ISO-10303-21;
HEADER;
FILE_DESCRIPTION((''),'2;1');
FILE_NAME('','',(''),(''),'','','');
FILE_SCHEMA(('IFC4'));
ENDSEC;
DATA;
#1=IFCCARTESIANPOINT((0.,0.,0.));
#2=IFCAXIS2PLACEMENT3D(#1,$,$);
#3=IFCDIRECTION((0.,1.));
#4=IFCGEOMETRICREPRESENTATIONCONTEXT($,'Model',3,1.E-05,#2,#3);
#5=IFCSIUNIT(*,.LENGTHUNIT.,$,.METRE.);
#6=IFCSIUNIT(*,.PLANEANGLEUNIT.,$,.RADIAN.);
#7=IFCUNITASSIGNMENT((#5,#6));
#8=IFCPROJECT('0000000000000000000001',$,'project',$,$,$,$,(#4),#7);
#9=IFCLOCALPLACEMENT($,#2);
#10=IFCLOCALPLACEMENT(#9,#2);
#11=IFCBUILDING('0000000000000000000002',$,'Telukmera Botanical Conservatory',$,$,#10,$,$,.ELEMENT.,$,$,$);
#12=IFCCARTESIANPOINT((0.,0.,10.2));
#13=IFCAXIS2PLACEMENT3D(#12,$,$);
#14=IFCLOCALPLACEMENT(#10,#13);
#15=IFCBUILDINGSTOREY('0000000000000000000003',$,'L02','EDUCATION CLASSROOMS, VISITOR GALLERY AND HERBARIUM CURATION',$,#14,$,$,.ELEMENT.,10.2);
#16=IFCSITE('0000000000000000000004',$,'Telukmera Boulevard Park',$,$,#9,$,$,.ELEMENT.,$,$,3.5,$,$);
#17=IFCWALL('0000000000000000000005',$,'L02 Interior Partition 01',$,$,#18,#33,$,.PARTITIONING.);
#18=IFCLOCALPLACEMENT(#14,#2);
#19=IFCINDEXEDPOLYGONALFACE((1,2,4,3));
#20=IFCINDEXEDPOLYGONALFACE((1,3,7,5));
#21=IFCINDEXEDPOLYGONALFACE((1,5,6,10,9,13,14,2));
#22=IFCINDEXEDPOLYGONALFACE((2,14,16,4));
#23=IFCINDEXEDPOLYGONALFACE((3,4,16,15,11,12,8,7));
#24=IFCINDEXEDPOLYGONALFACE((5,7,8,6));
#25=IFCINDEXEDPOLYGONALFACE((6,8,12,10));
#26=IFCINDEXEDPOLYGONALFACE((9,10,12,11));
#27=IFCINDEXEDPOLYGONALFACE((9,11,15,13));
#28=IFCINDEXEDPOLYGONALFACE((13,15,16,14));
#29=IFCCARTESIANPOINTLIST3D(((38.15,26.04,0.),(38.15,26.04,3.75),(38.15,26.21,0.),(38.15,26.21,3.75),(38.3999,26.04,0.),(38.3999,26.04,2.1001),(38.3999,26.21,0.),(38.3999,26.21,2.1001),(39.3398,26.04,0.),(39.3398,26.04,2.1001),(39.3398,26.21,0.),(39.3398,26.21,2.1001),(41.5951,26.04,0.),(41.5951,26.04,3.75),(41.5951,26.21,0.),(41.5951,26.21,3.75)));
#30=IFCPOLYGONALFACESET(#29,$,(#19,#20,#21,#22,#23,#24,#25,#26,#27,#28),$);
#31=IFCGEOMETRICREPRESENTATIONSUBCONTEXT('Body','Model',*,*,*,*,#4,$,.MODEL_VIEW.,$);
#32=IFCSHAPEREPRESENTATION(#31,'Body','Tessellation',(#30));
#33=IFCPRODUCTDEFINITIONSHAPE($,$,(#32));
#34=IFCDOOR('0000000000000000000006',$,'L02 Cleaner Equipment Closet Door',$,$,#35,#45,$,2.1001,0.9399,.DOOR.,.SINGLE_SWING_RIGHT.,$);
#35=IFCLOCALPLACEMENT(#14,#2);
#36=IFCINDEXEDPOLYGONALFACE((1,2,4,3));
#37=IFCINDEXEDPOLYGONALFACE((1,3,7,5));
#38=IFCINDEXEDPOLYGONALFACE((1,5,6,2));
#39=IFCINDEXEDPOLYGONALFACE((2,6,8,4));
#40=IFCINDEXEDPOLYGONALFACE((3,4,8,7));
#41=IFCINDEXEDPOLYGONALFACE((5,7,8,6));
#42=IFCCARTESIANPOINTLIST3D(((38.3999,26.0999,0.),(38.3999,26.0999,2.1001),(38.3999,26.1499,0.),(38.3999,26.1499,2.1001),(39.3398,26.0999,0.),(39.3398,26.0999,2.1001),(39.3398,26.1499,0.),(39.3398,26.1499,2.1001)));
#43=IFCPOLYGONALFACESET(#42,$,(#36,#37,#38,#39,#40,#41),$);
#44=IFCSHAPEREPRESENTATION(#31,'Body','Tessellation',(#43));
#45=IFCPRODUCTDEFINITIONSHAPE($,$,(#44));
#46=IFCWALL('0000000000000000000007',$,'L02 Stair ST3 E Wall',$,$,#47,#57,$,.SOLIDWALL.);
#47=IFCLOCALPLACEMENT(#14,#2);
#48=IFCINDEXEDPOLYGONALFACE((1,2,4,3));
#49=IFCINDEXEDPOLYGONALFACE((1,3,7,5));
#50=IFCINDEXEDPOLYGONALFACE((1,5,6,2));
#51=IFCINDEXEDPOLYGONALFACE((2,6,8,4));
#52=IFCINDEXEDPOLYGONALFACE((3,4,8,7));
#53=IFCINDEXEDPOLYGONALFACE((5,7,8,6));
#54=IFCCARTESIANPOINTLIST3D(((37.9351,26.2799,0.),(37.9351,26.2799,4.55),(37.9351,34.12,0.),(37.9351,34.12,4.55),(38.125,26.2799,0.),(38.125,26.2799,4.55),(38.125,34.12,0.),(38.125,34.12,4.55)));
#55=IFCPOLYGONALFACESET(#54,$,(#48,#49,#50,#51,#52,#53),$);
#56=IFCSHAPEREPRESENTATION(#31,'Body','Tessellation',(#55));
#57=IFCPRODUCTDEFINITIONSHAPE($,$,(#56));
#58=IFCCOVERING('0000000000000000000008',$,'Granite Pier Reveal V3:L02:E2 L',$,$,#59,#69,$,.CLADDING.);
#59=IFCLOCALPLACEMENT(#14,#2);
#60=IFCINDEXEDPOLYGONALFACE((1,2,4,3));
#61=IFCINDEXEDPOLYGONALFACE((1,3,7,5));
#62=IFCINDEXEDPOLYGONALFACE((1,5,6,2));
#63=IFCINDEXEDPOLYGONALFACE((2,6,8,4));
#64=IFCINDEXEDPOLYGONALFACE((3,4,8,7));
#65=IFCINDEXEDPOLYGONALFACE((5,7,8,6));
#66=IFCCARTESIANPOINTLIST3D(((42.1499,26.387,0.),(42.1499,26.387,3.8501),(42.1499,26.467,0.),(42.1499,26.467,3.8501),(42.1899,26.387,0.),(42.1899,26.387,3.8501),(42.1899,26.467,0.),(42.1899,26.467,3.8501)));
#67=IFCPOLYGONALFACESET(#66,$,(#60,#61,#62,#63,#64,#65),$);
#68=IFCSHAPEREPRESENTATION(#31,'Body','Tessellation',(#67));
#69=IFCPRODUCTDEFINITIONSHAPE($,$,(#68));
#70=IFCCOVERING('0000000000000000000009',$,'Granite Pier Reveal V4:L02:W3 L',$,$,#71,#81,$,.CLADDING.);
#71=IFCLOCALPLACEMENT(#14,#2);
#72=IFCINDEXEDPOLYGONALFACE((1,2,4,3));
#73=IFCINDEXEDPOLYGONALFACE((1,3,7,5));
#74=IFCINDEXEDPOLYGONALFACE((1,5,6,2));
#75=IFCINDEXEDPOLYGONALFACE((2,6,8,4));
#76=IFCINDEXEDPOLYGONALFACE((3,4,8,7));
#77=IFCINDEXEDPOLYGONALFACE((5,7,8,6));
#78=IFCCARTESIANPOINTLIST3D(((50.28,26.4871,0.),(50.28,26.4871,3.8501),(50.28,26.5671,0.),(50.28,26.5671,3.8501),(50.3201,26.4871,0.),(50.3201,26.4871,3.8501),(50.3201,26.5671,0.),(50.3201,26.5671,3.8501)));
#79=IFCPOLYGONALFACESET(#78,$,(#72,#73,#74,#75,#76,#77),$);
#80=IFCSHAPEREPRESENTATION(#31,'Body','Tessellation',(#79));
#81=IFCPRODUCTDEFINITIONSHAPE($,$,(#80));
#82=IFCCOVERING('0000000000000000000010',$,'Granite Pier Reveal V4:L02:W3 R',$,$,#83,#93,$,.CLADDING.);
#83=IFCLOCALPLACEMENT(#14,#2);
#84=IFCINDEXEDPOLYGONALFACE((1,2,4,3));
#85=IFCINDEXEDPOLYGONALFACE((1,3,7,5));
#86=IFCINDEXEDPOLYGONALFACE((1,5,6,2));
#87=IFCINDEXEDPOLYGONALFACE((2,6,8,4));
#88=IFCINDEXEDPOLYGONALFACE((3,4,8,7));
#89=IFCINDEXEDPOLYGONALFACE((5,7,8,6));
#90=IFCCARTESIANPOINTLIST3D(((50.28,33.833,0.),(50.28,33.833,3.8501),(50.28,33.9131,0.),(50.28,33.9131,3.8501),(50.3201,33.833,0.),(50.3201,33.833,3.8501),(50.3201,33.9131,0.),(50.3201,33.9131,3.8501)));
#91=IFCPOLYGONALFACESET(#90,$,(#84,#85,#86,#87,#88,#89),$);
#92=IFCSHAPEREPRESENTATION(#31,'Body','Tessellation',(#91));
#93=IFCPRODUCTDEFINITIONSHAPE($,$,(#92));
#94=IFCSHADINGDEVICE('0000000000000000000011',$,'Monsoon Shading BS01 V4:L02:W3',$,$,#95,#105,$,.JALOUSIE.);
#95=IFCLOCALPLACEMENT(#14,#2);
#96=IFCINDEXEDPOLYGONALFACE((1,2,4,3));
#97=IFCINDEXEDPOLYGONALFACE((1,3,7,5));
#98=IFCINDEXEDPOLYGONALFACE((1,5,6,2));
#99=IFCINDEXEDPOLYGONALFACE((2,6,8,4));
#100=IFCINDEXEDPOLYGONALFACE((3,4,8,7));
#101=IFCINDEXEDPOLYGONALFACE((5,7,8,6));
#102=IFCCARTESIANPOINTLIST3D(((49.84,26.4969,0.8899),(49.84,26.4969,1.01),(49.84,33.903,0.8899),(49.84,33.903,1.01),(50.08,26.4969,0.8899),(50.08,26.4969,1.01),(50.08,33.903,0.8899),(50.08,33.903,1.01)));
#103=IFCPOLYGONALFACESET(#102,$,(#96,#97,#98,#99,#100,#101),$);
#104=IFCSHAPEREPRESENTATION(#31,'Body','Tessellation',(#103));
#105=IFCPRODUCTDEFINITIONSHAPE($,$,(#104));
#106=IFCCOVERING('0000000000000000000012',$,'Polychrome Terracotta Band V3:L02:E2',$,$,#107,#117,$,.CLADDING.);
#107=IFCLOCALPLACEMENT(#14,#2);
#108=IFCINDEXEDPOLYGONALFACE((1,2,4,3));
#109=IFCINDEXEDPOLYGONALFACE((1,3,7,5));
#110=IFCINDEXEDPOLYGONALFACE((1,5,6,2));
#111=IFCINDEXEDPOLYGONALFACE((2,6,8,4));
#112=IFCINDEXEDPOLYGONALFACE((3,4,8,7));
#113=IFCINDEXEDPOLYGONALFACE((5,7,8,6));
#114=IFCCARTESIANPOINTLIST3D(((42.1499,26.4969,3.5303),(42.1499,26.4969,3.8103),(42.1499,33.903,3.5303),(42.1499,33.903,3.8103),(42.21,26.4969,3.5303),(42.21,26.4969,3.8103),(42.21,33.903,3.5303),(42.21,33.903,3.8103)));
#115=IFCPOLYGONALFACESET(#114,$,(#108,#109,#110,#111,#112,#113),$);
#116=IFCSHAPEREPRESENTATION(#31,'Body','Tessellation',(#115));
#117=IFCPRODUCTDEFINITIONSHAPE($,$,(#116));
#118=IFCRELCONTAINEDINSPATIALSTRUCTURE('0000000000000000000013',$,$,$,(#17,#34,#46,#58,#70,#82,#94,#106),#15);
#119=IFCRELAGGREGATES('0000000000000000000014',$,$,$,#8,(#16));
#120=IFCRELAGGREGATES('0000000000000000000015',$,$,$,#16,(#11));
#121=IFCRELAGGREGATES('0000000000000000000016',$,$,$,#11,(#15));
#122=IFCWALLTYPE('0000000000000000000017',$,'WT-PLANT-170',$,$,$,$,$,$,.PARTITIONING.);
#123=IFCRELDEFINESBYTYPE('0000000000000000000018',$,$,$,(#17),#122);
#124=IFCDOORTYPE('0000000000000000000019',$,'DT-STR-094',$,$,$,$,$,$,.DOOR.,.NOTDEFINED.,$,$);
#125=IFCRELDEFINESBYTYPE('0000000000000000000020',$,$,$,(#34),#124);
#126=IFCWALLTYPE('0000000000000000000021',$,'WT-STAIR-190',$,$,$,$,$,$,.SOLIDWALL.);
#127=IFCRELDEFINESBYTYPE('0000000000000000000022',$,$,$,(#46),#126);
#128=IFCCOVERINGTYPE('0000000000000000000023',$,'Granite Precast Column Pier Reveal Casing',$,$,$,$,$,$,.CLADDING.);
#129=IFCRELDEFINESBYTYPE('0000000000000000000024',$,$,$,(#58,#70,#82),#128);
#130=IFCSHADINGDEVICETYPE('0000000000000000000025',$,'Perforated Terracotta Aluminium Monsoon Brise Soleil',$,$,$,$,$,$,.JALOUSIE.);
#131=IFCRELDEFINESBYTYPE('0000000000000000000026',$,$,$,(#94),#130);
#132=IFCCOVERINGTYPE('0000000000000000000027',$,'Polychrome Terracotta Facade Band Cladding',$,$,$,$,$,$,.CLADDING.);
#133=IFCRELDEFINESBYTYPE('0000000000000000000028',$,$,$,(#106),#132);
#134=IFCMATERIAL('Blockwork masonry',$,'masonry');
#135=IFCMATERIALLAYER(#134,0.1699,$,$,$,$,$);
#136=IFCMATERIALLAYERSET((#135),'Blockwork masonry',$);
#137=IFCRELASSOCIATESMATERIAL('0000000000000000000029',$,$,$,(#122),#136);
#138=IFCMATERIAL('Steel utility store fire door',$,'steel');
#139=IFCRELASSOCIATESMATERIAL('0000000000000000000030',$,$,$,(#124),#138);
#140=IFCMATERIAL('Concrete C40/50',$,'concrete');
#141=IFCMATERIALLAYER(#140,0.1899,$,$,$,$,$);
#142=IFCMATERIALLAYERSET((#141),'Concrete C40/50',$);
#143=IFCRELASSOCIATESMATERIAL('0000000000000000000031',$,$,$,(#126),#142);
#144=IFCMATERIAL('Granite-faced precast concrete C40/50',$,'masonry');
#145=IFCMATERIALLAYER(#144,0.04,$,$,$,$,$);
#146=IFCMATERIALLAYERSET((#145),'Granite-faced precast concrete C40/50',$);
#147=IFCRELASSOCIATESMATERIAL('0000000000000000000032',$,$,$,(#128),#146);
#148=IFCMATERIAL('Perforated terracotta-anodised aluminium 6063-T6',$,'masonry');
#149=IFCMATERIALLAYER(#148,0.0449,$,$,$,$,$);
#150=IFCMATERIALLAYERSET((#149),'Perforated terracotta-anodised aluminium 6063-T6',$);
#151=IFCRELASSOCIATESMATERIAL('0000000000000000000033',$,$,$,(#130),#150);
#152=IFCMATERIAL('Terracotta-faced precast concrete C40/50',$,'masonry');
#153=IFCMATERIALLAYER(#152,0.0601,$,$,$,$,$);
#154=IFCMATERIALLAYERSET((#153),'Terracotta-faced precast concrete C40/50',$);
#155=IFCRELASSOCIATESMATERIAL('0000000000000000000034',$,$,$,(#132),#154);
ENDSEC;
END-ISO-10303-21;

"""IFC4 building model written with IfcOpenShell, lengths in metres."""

from ifc_helpers import new_model, si_unit, direction, frame, frame_2d, origin, origin_2d, place, context, subcontext, project, spatial, rectangle, extrude, material, layer, layer_set, type_object, element, fill, save


model = new_model("IFC4")

# Units and contexts
model_context = context("Model", 3, precision=1e-05, world=origin(), true_north=direction((0.0, 1.0)))
body_context = subcontext(model_context, "Body", "Model", "MODEL_VIEW")
ifc_project = project(units=[si_unit("LENGTHUNIT", "METRE"), si_unit("PLANEANGLEUNIT", "RADIAN")], contexts=[model_context])

# Site, building, storey
site_placement = place(None, origin())
site = spatial("IfcSite", under=ifc_project, at=site_placement, Name="Telukmera Boulevard Park", CompositionType="ELEMENT", RefElevation=3.5)
building_placement = place(site_placement, origin())
building = spatial("IfcBuilding", under=site, at=building_placement, Name="Telukmera Botanical Conservatory", CompositionType="ELEMENT")
storey_placement = place(building_placement, frame((0.0, 0.0, 10.2)))
storey = spatial("IfcBuildingStorey", under=building, at=storey_placement, Name="L02", Description="EDUCATION CLASSROOMS, VISITOR GALLERY AND HERBARIUM CURATION", CompositionType="ELEMENT", Elevation=10.2)

# Shared definitions
ifc_material_1 = material(Name="Concrete C40/50", Category="concrete")

# Shared definitions
ifc_material_2 = material(Name="Terracotta-faced precast concrete C40/50", Category="masonry")

# Wall, opening, door
ifc_material_3 = material(Name="Blockwork masonry", Category="masonry")
ifc_layer_1 = layer(ifc_material_3, 0.1699)
ifc_layer_set_1 = layer_set([ifc_layer_1], Name="Blockwork masonry")
wall_type_1 = type_object("IfcWallType", Name="WT-PLANT-170", PredefinedType="PARTITIONING", material=ifc_layer_set_1)
wall_1_placement = place(storey_placement, frame((38.1499, 26.125, 0.0), z_axis=(0.0, 0.0, 1.0), x_axis=(1.0, 0.0, 0.0)))
wall_1 = element("IfcWall", 1, at=wall_1_placement, inside=storey, type_object=wall_type_1, Name="L02 Interior Partition 01", PredefinedType="PARTITIONING", context=body_context, shape_type="SweptSolid", body=[
    extrude(rectangle(XDim=3.4451, YDim=0.1699, at=frame_2d((1.7227, 0.0))), origin(), (0.0, 0.0, 1.0), 3.75),
])
opening_1_placement = place(wall_1_placement, frame((0.25, 0.0, 0.0)))
opening_1 = element("IfcOpeningElement", 2, at=opening_1_placement, cuts=wall_1, PredefinedType="OPENING", context=body_context, shape_type="SweptSolid", body=[
    extrude(rectangle(XDim=0.9399, YDim=2.1001, at=frame_2d((0.47, 1.05))), frame((0.0, 0.095, 0.0), z_axis=(0.0, -1.0, 0.0), x_axis=(1.0, 0.0, 0.0)), (0.0, 0.0, 1.0), 0.1899),
])
ifc_material_4 = material(Name="Steel utility store fire door", Category="steel")
door_type = type_object("IfcDoorType", Name="DT-STR-094", OperationType="NOTDEFINED", PredefinedType="DOOR", material=ifc_material_4)
door_placement = place(opening_1_placement, origin())
door = element("IfcDoor", 3, at=door_placement, inside=storey, type_object=door_type, Name="L02 Cleaner Equipment Closet Door", OperationType="SINGLE_SWING_RIGHT", OverallHeight=2.1001, OverallWidth=0.9399, PredefinedType="DOOR", context=body_context, shape_type="SweptSolid", body=[
    extrude(rectangle(XDim=0.9399, YDim=2.1001, at=frame_2d((0.47, 1.05))), frame((0.0, 0.0249, 0.0), z_axis=(0.0, -1.0, 0.0), x_axis=(1.0, 0.0, 0.0)), (0.0, 0.0, 1.0), 0.05),
])
fill(opening_1, door)

# Wall
ifc_layer_2 = layer(ifc_material_1, 0.1899)
ifc_layer_set_2 = layer_set([ifc_layer_2], Name="Concrete C40/50")
wall_type_2 = type_object("IfcWallType", Name="WT-STAIR-190", PredefinedType="SOLIDWALL", material=ifc_layer_set_2)
wall_2_placement = place(storey_placement, frame((38.03, 26.28, 0.0), z_axis=(0.0, 0.0, 1.0), x_axis=(0.0, 1.0, 0.0)))
element("IfcWall", 4, at=wall_2_placement, inside=storey, type_object=wall_type_2, Name="L02 Stair ST3 E Wall", PredefinedType="SOLIDWALL", context=body_context, shape_type="SweptSolid", body=[
    extrude(rectangle(XDim=7.8401, YDim=0.1899, at=frame_2d((3.9199, 0.0))), origin(), (0.0, 0.0, 1.0), 4.55),
])

# Coverings
ifc_material_5 = material(Name="Granite-faced precast concrete C40/50", Category="masonry")
ifc_layer_3 = layer(ifc_material_5, 0.04)
ifc_layer_set_3 = layer_set([ifc_layer_3], Name="Granite-faced precast concrete C40/50")
covering_type_1 = type_object("IfcCoveringType", Name="Granite Precast Column Pier Reveal Casing", PredefinedType="CLADDING", material=ifc_layer_set_3)
for number, where, z_axis, x_axis, name in (
    (5, (42.1699, 26.427, 0.0), (0.0, 0.0, 1.0), (0.0, 1.0, 0.0), "Granite Pier Reveal V3:L02:E2 L"),
    (6, (50.3, 26.5271, 0.0), (0.0, 0.0, 1.0), (0.0, 1.0, 0.0), "Granite Pier Reveal V4:L02:W3 L"),
    (7, (50.3, 33.873, 0.0), (0.0, 0.0, 1.0), (0.0, 1.0, 0.0), "Granite Pier Reveal V4:L02:W3 R"),
):
    element("IfcCovering", number, at=place(storey_placement, frame(where, z_axis=z_axis, x_axis=x_axis)), inside=storey, type_object=covering_type_1, Name=name, PredefinedType="CLADDING", context=body_context, shape_type="SweptSolid", body=[
        extrude(rectangle(XDim=0.0801, YDim=0.04, at=origin_2d()), origin(), (0.0, 0.0, 1.0), 3.8501),
    ])

# Shading device
ifc_material_6 = material(Name="Perforated terracotta-anodised aluminium 6063-T6", Category="masonry")
ifc_layer_4 = layer(ifc_material_6, 0.0449)
ifc_layer_set_4 = layer_set([ifc_layer_4], Name="Perforated terracotta-anodised aluminium 6063-T6")
shading_device_type = type_object("IfcShadingDeviceType", Name="Perforated Terracotta Aluminium Monsoon Brise Soleil", PredefinedType="JALOUSIE", material=ifc_layer_set_4)
shading_device_placement = place(storey_placement, frame((49.96, 30.2, 0.8899), z_axis=(0.0, 0.0, 1.0), x_axis=(0.0, 1.0, 0.0)))
element("IfcShadingDevice", 8, at=shading_device_placement, inside=storey, type_object=shading_device_type, Name="Monsoon Shading BS01 V4:L02:W3", PredefinedType="JALOUSIE", context=body_context, shape_type="SweptSolid", body=[
    extrude(rectangle(XDim=7.406, YDim=0.24, at=origin_2d()), origin(), (0.0, 0.0, 1.0), 0.1201),
])

# Covering
ifc_layer_5 = layer(ifc_material_2, 0.0601)
ifc_layer_set_5 = layer_set([ifc_layer_5], Name="Terracotta-faced precast concrete C40/50")
covering_type_2 = type_object("IfcCoveringType", Name="Polychrome Terracotta Facade Band Cladding", PredefinedType="CLADDING", material=ifc_layer_set_5)
covering_placement = place(storey_placement, frame((42.1799, 30.2, 3.5303), z_axis=(0.0, 0.0, 1.0), x_axis=(0.0, 1.0, 0.0)))
element("IfcCovering", 9, at=covering_placement, inside=storey, type_object=covering_type_2, Name="Polychrome Terracotta Band V3:L02:E2", PredefinedType="CLADDING", context=body_context, shape_type="SweptSolid", body=[
    extrude(rectangle(XDim=7.406, YDim=0.0601, at=origin_2d()), origin(), (0.0, 0.0, 1.0), 0.28),
])

save(model, "model.ifc")
